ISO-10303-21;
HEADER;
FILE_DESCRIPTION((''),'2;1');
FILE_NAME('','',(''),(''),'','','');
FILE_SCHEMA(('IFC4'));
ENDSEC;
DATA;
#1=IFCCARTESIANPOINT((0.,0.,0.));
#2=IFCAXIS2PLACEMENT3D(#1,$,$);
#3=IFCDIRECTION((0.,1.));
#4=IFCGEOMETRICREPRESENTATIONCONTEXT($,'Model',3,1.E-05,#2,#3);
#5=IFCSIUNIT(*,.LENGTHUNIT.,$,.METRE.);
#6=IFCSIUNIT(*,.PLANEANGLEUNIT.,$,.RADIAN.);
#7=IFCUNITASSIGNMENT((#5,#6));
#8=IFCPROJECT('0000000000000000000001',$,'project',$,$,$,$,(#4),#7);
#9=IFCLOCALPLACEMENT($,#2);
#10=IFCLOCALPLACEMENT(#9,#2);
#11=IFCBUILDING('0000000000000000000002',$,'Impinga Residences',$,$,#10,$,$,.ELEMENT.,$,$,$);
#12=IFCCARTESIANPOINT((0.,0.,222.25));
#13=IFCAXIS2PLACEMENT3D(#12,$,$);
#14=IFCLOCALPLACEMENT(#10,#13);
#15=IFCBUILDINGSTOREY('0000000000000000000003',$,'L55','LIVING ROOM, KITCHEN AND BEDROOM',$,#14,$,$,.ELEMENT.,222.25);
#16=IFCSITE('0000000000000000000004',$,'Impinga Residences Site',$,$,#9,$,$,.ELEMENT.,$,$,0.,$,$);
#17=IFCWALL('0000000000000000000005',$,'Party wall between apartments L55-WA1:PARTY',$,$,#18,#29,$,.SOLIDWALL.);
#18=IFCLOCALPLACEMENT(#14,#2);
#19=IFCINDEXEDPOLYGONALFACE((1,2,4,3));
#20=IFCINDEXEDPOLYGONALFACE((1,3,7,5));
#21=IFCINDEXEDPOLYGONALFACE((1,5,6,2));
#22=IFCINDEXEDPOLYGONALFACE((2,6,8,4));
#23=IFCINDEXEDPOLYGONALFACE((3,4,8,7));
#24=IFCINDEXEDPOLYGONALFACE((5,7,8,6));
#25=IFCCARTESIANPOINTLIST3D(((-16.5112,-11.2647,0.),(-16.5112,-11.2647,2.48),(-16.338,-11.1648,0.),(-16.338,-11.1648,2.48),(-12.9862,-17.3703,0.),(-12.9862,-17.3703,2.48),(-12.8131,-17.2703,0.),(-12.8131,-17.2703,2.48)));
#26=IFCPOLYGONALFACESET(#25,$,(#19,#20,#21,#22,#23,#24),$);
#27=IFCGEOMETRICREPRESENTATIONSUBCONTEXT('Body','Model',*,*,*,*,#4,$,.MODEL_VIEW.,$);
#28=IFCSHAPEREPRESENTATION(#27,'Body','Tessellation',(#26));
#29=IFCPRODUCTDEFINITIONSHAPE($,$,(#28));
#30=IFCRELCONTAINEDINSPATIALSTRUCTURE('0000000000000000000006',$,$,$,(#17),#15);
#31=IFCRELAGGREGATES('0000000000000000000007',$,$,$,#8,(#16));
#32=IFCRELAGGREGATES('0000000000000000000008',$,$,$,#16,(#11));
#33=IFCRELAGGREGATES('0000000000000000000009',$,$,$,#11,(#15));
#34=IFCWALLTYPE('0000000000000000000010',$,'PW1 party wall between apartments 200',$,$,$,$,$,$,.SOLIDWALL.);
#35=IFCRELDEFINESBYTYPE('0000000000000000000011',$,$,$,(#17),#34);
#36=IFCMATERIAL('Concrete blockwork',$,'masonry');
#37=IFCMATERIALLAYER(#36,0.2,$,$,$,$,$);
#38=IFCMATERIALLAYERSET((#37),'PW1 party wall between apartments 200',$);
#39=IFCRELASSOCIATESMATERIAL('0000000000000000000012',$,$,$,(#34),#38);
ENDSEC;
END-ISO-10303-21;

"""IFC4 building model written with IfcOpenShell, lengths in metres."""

from ifc_helpers import new_model, si_unit, direction, frame, frame_2d, origin, place, context, subcontext, project, spatial, rectangle, extrude, material, layer, layer_set, type_object, element, save


model = new_model("IFC4")

# Units and contexts
model_context = context("Model", 3, precision=1e-05, world=origin(), true_north=direction((0.0, 1.0)))
body_context = subcontext(model_context, "Body", "Model", "MODEL_VIEW")
ifc_project = project(units=[si_unit("LENGTHUNIT", "METRE"), si_unit("PLANEANGLEUNIT", "RADIAN")], contexts=[model_context])

# Site, building, storey
site_placement = place(None, origin())
site = spatial("IfcSite", under=ifc_project, at=site_placement, Name="Impinga Residences Site", CompositionType="ELEMENT", RefElevation=0.0)
building_placement = place(site_placement, origin())
building = spatial("IfcBuilding", under=site, at=building_placement, Name="Impinga Residences", CompositionType="ELEMENT")
storey_placement = place(building_placement, frame((0.0, 0.0, 222.25)))
storey = spatial("IfcBuildingStorey", under=building, at=storey_placement, Name="L55", Description="LIVING ROOM, KITCHEN AND BEDROOM", CompositionType="ELEMENT", Elevation=222.25)

# Wall
ifc_material_1 = material(Name="Concrete blockwork", Category="masonry")
ifc_layer_1 = layer(ifc_material_1, 0.2)
ifc_layer_set_1 = layer_set([ifc_layer_1], Name="PW1 party wall between apartments 200")
wall_type_1 = type_object("IfcWallType", Name="PW1 party wall between apartments 200", PredefinedType="SOLIDWALL", material=ifc_layer_set_1)
wall_1_placement = place(storey_placement, frame((-16.4246, -11.2148, 0.0), z_axis=(0.0, 0.0, 1.0), x_axis=(0.49999, -0.866031, 0.0)))
element("IfcWall", 1, at=wall_1_placement, inside=storey, type_object=wall_type_1, Name="Party wall between apartments L55-WA1:PARTY", PredefinedType="SOLIDWALL", context=body_context, shape_type="SweptSolid", body=[
    extrude(rectangle(XDim=7.05, YDim=0.2, at=frame_2d((3.5249, 0.0))), origin(), (0.0, 0.0, 1.0), 2.48),
])

save(model, "model.ifc")
